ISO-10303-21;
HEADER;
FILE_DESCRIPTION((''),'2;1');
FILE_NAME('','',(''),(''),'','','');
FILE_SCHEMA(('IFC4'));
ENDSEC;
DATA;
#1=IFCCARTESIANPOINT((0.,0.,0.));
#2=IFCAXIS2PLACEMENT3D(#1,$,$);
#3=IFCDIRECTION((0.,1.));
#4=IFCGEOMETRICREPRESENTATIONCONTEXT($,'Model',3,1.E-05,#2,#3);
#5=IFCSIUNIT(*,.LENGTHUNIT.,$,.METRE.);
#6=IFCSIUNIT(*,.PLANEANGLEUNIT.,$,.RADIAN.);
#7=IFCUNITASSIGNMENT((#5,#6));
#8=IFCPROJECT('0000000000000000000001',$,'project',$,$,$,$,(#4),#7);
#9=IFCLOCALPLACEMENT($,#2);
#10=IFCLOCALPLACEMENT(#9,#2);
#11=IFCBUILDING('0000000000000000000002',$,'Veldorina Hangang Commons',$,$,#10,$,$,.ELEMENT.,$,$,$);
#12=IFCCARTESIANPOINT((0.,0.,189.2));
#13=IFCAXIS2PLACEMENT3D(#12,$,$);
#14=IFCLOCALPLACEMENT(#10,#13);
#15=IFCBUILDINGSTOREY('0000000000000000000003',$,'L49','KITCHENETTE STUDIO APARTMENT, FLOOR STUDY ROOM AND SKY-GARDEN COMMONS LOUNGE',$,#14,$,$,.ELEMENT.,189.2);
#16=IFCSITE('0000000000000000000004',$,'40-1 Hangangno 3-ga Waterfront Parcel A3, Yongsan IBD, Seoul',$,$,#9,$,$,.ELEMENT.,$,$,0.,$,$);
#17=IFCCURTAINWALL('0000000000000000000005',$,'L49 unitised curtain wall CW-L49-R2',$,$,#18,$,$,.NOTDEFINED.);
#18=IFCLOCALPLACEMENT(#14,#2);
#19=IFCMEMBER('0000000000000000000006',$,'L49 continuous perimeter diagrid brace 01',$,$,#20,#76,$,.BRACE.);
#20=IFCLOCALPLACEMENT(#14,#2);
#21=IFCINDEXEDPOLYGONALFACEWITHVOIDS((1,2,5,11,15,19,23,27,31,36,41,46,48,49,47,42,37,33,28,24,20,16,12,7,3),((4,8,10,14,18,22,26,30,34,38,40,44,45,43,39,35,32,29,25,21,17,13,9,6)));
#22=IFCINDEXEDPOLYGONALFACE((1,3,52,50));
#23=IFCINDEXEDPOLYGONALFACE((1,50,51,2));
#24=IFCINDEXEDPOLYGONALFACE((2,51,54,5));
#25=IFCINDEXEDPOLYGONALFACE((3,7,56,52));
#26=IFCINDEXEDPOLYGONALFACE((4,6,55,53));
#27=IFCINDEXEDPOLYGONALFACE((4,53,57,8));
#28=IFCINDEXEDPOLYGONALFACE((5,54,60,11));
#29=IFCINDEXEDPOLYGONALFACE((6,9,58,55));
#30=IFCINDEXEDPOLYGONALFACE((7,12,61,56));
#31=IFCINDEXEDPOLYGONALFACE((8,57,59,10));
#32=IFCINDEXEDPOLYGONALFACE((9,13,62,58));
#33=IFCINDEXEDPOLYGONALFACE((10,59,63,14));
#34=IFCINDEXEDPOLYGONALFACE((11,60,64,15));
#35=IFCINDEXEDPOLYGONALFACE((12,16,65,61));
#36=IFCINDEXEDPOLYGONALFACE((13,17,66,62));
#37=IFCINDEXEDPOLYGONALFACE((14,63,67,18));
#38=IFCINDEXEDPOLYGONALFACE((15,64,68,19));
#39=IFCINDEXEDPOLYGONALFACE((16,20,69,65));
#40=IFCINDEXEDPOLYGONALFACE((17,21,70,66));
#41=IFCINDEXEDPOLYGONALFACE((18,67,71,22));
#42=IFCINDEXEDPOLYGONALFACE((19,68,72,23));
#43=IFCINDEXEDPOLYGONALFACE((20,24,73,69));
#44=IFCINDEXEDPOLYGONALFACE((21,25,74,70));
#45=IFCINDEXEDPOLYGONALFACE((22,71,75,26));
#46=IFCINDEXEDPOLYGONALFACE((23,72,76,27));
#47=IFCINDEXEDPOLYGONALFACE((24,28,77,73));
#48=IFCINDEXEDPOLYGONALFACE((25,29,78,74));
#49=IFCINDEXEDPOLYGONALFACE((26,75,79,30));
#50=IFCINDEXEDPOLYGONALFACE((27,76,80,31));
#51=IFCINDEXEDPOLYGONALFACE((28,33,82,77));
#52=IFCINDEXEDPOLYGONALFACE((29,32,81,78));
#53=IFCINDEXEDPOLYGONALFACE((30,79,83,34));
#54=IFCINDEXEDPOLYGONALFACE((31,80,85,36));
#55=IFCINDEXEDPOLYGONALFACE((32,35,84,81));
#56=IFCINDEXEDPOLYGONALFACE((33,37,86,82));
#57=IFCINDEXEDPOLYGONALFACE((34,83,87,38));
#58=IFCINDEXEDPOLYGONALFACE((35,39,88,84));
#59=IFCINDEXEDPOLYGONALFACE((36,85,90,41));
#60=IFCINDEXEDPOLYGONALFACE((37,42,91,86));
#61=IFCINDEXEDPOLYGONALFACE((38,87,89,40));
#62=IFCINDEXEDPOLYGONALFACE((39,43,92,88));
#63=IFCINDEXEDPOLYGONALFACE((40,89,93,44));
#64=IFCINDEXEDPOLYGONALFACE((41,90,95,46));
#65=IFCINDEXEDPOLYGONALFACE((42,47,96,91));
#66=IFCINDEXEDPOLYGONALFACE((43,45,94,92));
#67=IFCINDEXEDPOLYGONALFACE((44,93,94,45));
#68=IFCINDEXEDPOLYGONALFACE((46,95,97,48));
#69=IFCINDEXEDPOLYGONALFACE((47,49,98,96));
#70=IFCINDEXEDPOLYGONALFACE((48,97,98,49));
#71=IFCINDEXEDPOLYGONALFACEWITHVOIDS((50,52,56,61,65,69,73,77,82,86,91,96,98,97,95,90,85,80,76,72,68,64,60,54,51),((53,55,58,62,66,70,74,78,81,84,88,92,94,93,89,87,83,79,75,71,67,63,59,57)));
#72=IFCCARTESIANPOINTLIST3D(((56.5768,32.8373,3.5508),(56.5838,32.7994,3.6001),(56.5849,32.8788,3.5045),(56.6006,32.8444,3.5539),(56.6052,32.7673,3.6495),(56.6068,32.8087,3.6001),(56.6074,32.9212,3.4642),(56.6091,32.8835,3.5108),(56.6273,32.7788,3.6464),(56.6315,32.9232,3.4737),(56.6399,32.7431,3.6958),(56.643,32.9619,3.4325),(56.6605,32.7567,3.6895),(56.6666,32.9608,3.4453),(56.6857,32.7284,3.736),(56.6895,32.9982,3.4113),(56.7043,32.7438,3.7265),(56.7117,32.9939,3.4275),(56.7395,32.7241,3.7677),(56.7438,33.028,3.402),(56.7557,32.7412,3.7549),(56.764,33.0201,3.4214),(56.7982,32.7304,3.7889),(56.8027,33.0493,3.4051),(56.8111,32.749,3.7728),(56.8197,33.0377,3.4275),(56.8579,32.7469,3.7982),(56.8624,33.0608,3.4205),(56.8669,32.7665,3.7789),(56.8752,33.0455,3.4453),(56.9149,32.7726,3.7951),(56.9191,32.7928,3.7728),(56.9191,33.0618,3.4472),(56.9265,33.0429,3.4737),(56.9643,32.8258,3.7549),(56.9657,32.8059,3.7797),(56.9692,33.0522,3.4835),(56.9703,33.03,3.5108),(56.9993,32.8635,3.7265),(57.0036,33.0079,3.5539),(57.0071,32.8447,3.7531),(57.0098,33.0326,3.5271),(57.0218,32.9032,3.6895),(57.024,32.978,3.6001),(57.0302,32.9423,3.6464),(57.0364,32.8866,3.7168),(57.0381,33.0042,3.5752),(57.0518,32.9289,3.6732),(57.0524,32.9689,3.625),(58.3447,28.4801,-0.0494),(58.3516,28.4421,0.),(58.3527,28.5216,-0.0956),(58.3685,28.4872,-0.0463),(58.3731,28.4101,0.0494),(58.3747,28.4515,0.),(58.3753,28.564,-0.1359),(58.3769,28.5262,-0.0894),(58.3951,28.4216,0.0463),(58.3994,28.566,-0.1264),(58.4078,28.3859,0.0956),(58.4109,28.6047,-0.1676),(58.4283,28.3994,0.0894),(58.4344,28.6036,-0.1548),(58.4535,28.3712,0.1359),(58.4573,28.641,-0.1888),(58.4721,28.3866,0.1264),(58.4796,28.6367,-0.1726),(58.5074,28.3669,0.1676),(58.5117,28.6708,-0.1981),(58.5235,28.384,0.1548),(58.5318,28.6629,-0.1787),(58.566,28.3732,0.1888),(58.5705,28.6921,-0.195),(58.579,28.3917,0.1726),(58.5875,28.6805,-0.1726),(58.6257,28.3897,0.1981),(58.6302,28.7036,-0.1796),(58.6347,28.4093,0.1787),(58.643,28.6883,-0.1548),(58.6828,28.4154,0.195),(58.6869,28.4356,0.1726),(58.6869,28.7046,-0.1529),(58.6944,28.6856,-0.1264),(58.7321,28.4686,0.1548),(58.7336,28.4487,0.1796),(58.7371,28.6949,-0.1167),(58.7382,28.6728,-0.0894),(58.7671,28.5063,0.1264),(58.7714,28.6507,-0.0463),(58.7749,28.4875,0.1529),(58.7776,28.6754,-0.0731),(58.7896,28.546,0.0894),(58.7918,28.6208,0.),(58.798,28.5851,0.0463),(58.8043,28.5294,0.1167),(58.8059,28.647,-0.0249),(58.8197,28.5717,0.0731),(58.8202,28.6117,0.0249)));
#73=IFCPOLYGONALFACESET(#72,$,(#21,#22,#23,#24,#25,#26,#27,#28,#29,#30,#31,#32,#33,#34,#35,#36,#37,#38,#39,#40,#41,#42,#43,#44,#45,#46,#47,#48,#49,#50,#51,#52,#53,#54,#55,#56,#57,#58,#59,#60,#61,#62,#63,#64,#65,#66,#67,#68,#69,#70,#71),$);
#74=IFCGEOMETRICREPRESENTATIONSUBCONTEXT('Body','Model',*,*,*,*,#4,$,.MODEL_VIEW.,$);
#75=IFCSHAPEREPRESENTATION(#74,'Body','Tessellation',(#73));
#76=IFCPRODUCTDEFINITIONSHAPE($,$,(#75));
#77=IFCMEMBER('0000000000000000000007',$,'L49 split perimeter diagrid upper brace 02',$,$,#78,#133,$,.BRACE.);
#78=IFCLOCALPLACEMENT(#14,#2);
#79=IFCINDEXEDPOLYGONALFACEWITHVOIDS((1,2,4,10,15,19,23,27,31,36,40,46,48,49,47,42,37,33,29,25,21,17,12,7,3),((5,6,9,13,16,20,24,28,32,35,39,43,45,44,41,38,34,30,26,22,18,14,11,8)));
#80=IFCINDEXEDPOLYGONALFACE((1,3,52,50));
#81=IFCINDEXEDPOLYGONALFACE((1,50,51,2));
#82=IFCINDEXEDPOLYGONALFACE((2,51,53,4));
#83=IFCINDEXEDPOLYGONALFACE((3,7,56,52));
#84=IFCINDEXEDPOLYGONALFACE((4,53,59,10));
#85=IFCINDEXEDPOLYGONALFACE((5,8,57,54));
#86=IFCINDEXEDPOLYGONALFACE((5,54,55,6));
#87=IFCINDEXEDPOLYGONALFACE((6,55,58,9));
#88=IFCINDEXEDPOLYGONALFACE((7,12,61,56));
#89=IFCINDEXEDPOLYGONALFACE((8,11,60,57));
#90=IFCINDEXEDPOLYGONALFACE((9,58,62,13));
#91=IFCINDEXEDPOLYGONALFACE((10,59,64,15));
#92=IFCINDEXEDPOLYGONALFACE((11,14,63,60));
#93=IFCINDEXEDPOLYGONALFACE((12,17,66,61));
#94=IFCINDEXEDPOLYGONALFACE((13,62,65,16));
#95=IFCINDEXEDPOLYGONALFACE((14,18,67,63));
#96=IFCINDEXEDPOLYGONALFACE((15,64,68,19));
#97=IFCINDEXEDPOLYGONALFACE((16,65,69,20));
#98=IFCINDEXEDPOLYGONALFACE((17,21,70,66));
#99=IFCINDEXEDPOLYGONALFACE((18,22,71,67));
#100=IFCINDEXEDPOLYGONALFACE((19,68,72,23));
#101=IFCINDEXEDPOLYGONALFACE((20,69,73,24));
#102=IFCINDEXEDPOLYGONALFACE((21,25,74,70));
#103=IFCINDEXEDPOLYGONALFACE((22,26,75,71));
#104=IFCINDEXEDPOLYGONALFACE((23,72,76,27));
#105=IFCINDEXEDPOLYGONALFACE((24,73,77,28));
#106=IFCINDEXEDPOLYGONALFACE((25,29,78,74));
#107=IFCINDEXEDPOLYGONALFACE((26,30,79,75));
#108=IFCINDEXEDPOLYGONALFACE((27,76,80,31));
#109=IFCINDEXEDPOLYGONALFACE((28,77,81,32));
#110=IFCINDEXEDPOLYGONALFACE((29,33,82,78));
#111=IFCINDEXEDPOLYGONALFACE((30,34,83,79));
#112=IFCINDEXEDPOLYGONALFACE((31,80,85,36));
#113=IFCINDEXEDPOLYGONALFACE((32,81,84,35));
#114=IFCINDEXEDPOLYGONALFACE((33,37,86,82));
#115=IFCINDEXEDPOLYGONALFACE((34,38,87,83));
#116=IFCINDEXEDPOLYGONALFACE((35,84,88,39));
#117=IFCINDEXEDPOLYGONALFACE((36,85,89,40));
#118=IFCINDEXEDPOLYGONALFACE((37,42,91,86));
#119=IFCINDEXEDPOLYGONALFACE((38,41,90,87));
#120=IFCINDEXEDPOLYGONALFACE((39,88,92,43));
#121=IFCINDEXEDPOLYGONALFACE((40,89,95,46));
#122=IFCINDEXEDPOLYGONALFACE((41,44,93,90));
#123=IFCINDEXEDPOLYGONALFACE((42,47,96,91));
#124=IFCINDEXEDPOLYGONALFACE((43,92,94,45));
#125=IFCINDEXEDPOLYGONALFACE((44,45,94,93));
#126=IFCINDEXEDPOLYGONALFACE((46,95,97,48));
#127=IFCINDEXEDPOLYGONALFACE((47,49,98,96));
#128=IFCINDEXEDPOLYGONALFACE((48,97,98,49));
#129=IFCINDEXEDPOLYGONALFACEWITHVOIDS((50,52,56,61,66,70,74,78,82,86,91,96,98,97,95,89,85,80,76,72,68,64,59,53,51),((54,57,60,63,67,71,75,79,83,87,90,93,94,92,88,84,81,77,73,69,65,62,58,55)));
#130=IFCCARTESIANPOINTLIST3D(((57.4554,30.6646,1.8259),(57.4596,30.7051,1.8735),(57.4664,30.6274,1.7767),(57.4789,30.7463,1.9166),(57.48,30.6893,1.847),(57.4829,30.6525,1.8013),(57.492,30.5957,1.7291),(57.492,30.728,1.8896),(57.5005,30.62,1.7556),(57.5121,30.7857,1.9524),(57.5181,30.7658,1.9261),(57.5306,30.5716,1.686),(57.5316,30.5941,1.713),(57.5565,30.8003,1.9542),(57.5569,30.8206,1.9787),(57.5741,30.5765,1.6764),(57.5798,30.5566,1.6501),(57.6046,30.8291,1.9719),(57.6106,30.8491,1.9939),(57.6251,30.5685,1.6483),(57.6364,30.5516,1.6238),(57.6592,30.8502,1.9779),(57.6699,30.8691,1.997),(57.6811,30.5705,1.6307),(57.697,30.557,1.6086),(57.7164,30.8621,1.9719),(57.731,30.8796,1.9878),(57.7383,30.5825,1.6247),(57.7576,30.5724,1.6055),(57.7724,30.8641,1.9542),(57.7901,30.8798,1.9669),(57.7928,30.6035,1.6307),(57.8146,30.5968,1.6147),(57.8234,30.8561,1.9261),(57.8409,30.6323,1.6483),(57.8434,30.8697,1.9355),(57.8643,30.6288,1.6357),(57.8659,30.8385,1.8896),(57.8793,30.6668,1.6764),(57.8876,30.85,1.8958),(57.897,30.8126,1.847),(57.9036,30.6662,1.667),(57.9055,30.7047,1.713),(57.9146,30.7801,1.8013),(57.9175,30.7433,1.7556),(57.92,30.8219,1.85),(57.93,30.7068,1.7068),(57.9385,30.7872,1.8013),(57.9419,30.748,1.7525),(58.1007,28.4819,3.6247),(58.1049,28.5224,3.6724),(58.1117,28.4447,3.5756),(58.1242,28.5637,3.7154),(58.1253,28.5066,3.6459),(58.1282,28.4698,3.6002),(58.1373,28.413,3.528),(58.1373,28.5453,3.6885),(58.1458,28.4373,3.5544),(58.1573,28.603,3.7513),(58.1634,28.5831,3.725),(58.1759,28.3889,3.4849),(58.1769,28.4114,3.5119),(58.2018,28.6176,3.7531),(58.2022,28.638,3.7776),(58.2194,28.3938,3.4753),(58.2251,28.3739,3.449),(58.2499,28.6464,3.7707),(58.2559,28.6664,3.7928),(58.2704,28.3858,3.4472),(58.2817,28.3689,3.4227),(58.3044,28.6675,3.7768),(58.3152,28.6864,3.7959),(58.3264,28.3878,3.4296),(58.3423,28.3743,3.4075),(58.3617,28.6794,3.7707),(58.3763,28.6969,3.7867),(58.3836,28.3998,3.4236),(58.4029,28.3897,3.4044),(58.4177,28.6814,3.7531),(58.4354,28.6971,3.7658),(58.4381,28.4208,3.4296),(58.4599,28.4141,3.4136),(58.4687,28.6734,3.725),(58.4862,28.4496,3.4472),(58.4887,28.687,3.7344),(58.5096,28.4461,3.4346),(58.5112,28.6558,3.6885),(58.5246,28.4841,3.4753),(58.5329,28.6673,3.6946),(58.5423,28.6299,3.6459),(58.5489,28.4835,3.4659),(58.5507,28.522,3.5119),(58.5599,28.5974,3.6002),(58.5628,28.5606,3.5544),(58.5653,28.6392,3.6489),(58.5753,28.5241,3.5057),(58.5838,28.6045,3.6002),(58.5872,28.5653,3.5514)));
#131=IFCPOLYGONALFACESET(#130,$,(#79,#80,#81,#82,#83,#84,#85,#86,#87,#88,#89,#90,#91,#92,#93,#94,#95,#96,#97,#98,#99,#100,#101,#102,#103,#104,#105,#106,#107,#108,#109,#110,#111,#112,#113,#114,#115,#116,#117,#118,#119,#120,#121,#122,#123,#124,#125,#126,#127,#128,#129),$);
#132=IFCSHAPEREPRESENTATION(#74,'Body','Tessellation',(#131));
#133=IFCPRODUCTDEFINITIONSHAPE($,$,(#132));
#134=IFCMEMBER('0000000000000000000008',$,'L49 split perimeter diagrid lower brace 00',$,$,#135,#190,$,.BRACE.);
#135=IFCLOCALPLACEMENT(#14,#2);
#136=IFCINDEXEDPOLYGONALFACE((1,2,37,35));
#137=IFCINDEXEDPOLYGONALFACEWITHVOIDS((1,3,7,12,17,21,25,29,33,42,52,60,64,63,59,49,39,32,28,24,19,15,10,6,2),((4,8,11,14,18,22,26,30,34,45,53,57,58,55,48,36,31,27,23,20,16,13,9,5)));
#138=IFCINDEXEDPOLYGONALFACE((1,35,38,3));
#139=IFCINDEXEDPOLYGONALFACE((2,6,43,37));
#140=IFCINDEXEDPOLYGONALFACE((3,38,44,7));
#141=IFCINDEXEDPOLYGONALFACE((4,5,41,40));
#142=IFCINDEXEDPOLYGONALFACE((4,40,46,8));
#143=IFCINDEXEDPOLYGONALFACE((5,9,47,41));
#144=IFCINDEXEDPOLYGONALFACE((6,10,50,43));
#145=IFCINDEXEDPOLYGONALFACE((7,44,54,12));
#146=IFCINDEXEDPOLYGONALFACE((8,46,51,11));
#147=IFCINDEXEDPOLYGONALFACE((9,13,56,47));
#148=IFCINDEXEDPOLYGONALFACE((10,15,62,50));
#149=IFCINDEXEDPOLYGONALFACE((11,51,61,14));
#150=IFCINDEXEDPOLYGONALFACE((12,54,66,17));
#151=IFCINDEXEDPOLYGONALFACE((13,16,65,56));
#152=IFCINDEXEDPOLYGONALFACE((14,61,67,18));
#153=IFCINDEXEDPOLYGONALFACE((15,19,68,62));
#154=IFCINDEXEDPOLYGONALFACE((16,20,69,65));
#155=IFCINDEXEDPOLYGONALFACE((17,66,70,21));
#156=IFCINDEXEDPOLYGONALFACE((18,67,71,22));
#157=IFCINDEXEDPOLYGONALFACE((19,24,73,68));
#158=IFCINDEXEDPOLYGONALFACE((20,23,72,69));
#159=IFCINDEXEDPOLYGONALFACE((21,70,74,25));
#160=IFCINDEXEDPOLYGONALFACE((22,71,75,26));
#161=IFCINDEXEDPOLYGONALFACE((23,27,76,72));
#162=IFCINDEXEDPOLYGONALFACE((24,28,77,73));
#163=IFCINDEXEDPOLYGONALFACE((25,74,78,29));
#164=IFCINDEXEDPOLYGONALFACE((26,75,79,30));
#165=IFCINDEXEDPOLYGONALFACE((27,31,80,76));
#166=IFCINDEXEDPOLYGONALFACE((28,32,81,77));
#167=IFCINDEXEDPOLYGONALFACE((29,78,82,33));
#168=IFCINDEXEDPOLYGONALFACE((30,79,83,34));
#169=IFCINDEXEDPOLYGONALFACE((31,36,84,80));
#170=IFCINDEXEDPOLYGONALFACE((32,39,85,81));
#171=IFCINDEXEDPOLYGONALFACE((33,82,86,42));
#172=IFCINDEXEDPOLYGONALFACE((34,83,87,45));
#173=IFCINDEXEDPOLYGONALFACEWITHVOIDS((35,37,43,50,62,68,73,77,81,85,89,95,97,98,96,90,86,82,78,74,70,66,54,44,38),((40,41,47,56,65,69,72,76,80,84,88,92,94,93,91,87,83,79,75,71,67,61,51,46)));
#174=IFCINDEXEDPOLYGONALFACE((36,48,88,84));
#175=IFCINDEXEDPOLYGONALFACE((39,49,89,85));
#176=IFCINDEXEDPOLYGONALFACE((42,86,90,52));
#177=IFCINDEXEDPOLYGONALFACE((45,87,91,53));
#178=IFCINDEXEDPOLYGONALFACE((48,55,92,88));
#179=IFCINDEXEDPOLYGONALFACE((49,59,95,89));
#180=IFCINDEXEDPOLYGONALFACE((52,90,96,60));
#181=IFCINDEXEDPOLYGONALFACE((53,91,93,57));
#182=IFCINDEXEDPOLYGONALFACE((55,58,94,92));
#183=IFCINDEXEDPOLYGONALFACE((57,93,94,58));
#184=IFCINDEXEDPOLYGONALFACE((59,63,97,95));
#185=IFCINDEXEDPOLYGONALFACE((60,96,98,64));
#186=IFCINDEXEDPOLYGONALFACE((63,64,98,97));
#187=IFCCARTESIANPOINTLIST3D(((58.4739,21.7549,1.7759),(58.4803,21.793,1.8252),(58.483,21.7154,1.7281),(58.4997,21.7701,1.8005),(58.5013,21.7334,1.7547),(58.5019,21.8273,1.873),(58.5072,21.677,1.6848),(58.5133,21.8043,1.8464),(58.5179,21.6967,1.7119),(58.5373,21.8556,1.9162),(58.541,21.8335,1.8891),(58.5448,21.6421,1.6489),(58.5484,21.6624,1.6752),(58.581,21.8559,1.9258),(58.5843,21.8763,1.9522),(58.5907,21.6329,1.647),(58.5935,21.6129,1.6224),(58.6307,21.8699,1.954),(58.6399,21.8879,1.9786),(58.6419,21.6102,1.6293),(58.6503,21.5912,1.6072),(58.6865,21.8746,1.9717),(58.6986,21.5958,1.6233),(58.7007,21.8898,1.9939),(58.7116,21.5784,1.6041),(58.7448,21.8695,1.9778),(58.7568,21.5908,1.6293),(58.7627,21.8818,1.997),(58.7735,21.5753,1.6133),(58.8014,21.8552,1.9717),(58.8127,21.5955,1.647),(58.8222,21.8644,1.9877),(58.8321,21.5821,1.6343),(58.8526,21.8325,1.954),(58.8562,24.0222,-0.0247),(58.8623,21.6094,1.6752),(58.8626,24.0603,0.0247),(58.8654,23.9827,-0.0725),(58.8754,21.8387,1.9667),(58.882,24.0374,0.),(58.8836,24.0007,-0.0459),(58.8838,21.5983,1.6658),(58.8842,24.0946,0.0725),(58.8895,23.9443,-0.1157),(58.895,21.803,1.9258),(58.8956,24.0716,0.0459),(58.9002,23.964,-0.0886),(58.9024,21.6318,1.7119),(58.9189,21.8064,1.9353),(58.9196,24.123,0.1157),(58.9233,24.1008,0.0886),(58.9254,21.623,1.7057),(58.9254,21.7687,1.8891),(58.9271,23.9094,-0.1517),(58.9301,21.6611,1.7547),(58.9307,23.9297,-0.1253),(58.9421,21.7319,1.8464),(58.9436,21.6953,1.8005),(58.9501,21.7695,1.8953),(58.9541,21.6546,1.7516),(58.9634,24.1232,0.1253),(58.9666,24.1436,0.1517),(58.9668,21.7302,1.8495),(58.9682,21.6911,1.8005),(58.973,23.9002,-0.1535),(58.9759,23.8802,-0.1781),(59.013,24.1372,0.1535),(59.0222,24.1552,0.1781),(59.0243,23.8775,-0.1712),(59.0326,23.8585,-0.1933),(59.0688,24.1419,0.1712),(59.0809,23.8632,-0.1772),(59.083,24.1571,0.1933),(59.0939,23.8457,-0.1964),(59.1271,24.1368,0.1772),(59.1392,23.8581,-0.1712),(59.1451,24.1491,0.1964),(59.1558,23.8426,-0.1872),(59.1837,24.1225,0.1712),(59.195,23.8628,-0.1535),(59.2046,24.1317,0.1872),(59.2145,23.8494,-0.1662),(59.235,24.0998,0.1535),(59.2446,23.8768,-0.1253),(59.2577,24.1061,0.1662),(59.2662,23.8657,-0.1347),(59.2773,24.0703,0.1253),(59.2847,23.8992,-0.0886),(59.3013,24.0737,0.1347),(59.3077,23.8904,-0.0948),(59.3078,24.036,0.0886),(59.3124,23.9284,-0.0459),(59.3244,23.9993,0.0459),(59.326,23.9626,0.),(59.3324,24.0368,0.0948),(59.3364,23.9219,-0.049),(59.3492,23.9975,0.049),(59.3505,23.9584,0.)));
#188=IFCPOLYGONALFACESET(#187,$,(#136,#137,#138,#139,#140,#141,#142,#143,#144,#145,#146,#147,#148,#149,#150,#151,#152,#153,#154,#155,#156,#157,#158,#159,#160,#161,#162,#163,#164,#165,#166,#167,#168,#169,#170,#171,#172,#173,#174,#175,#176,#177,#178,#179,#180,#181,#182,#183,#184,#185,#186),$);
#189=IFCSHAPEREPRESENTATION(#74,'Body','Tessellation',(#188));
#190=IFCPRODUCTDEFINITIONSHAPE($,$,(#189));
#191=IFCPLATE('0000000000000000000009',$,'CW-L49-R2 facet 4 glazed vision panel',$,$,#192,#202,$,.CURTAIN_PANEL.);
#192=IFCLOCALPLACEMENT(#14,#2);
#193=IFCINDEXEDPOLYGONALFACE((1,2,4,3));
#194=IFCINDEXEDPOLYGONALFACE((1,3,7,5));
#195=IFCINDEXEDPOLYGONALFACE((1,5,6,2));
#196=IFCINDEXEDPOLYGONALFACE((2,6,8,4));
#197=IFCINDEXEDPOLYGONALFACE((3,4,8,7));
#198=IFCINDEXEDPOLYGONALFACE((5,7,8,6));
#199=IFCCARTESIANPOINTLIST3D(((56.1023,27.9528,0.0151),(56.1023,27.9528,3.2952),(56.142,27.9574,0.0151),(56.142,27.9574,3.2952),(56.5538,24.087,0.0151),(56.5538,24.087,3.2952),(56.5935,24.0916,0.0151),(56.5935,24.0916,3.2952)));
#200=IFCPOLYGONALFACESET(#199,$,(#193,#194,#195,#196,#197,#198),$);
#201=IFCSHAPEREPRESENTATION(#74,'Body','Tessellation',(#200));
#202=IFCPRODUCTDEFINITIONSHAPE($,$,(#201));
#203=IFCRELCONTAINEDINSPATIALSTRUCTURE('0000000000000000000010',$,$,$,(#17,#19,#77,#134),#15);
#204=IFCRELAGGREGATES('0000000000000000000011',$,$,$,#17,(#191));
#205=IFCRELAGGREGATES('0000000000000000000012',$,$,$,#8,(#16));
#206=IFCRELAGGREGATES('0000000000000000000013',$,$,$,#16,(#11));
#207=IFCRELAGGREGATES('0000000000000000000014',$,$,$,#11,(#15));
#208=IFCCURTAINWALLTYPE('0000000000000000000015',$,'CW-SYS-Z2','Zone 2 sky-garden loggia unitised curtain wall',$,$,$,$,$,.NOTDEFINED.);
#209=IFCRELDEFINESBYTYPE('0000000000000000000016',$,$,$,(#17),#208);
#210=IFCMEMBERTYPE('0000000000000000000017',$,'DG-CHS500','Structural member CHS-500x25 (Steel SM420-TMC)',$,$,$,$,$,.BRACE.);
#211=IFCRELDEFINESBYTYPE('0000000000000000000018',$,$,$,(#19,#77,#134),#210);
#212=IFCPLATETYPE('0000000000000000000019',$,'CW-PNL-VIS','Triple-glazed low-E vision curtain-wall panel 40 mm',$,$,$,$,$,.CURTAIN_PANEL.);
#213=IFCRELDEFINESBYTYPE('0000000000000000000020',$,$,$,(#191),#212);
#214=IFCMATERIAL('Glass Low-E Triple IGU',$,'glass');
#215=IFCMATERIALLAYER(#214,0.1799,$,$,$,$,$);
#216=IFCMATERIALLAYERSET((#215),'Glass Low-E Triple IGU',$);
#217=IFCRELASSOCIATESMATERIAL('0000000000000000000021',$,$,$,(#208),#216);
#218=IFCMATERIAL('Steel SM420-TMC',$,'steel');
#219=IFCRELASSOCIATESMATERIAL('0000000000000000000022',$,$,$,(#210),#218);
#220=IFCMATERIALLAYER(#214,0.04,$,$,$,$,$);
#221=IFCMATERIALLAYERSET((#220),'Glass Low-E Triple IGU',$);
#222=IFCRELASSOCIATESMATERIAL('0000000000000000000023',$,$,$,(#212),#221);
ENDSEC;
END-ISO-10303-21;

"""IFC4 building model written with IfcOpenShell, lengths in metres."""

from ifc_helpers import new_model, si_unit, direction, frame, origin, origin_2d, place, context, subcontext, project, spatial, rectangle, hollow_circle, extrude, material, layer, layer_set, material_profile, profile_set, type_object, element, aggregate, save


model = new_model("IFC4")

# Units and contexts
model_context = context("Model", 3, precision=1e-05, world=origin(), true_north=direction((0.0, 1.0)))
body_context = subcontext(model_context, "Body", "Model", "MODEL_VIEW")
ifc_project = project(units=[si_unit("LENGTHUNIT", "METRE"), si_unit("PLANEANGLEUNIT", "RADIAN")], contexts=[model_context])

# Site, building, storey
site_placement = place(None, origin())
site = spatial("IfcSite", under=ifc_project, at=site_placement, Name="40-1 Hangangno 3-ga Waterfront Parcel A3, Yongsan IBD, Seoul", CompositionType="ELEMENT", RefElevation=0.0)
building_placement = place(site_placement, origin())
building = spatial("IfcBuilding", under=site, at=building_placement, Name="Veldorina Hangang Commons", CompositionType="ELEMENT")
storey_placement = place(building_placement, frame((0.0, 0.0, 189.2)))
storey = spatial("IfcBuildingStorey", under=building, at=storey_placement, Name="L49", Description="KITCHENETTE STUDIO APARTMENT, FLOOR STUDY ROOM AND SKY-GARDEN COMMONS LOUNGE", CompositionType="ELEMENT", Elevation=189.2)

# Shared definitions
ifc_material_1 = material(Name="Steel SM420-TMC", Category="steel")

# Curtain wall
ifc_material_2 = material(Name="Glass Low-E Triple IGU", Category="glass")
ifc_layer_1 = layer(ifc_material_2, 0.1799)
ifc_layer_set_1 = layer_set([ifc_layer_1], Name="Glass Low-E Triple IGU")
curtain_wall_type = type_object("IfcCurtainWallType", Name="CW-SYS-Z2", Description="Zone 2 sky-garden loggia unitised curtain wall", PredefinedType="NOTDEFINED", material=ifc_layer_set_1)
curtain_wall_placement = place(storey_placement, origin())
curtain_wall = element("IfcCurtainWall", 1, at=curtain_wall_placement, inside=storey, type_object=curtain_wall_type, Name="L49 unitised curtain wall CW-L49-R2", PredefinedType="NOTDEFINED")

# Members
ifc_material_profile_1 = material_profile(ifc_material_1, hollow_circle(Radius=0.25, WallThickness=0.0249, at=origin_2d()), Name="CHS-500x25")
ifc_profile_set_1 = profile_set([ifc_material_profile_1], Name="Steel SM420-TMC")
member_type_1 = type_object("IfcMemberType", Name="DG-CHS500", Description="Structural member CHS-500x25 (Steel SM420-TMC)", PredefinedType="BRACE", material=ifc_profile_set_1)
member_1_placement = place(storey_placement, frame((58.5833, 28.5361, 0.0), z_axis=(-0.298514, 0.735753, 0.607912), x_axis=(-0.926636, -0.375961, 0.0)))
element("IfcMember", 2, at=member_1_placement, inside=storey, type_object=member_type_1, Name="L49 continuous perimeter diagrid brace 01", PredefinedType="BRACE", context=body_context, shape_type="SweptSolid", body=[
    extrude(hollow_circle(Radius=0.25, WallThickness=0.0249, at=origin_2d()), origin(), (0.0, 0.0, 1.0), 5.9221),
])
member_2_placement = place(storey_placement, frame((57.6987, 30.7163, 1.8013), z_axis=(0.222426, -0.75236, 0.620066), x_axis=(0.95897, 0.283508, 0.0)))
element("IfcMember", 3, at=member_2_placement, inside=storey, type_object=member_type_1, Name="L49 split perimeter diagrid upper brace 02", PredefinedType="BRACE", context=body_context, shape_type="SweptSolid", body=[
    extrude(hollow_circle(Radius=0.25, WallThickness=0.0249, at=origin_2d()), origin(), (0.0, 0.0, 1.0), 2.9011),
])
member_3_placement = place(storey_placement, frame((59.104, 24.0, 0.0), z_axis=(-0.130914, -0.77637, 0.616532), x_axis=(0.986079, -0.166275, 0.0)))
element("IfcMember", 4, at=member_3_placement, inside=storey, type_object=member_type_1, Name="L49 split perimeter diagrid lower brace 00", PredefinedType="BRACE", context=body_context, shape_type="SweptSolid", body=[
    extrude(hollow_circle(Radius=0.25, WallThickness=0.0249, at=origin_2d()), origin(), (0.0, 0.0, 1.0), 2.9204),
])

# Plate
ifc_layer_2 = layer(ifc_material_2, 0.04)
ifc_layer_set_2 = layer_set([ifc_layer_2], Name="Glass Low-E Triple IGU")
plate_type_1 = type_object("IfcPlateType", Name="CW-PNL-VIS", Description="Triple-glazed low-E vision curtain-wall panel 40 mm", PredefinedType="CURTAIN_PANEL", material=ifc_layer_set_2)
plate_1_placement = place(storey_placement, frame((56.3479, 26.0222, 0.0151), z_axis=(0.0, 0.0, 1.0), x_axis=(-0.116012, 0.993248, 0.0)))
plate_1 = element("IfcPlate", 5, at=plate_1_placement, type_object=plate_type_1, Name="CW-L49-R2 facet 4 glazed vision panel", PredefinedType="CURTAIN_PANEL", context=body_context, shape_type="SweptSolid", body=[
    extrude(rectangle(XDim=3.8921, YDim=0.04, at=origin_2d()), origin(), (0.0, 0.0, 1.0), 3.28),
])
aggregate(curtain_wall, [plate_1])

save(model, "model.ifc")
